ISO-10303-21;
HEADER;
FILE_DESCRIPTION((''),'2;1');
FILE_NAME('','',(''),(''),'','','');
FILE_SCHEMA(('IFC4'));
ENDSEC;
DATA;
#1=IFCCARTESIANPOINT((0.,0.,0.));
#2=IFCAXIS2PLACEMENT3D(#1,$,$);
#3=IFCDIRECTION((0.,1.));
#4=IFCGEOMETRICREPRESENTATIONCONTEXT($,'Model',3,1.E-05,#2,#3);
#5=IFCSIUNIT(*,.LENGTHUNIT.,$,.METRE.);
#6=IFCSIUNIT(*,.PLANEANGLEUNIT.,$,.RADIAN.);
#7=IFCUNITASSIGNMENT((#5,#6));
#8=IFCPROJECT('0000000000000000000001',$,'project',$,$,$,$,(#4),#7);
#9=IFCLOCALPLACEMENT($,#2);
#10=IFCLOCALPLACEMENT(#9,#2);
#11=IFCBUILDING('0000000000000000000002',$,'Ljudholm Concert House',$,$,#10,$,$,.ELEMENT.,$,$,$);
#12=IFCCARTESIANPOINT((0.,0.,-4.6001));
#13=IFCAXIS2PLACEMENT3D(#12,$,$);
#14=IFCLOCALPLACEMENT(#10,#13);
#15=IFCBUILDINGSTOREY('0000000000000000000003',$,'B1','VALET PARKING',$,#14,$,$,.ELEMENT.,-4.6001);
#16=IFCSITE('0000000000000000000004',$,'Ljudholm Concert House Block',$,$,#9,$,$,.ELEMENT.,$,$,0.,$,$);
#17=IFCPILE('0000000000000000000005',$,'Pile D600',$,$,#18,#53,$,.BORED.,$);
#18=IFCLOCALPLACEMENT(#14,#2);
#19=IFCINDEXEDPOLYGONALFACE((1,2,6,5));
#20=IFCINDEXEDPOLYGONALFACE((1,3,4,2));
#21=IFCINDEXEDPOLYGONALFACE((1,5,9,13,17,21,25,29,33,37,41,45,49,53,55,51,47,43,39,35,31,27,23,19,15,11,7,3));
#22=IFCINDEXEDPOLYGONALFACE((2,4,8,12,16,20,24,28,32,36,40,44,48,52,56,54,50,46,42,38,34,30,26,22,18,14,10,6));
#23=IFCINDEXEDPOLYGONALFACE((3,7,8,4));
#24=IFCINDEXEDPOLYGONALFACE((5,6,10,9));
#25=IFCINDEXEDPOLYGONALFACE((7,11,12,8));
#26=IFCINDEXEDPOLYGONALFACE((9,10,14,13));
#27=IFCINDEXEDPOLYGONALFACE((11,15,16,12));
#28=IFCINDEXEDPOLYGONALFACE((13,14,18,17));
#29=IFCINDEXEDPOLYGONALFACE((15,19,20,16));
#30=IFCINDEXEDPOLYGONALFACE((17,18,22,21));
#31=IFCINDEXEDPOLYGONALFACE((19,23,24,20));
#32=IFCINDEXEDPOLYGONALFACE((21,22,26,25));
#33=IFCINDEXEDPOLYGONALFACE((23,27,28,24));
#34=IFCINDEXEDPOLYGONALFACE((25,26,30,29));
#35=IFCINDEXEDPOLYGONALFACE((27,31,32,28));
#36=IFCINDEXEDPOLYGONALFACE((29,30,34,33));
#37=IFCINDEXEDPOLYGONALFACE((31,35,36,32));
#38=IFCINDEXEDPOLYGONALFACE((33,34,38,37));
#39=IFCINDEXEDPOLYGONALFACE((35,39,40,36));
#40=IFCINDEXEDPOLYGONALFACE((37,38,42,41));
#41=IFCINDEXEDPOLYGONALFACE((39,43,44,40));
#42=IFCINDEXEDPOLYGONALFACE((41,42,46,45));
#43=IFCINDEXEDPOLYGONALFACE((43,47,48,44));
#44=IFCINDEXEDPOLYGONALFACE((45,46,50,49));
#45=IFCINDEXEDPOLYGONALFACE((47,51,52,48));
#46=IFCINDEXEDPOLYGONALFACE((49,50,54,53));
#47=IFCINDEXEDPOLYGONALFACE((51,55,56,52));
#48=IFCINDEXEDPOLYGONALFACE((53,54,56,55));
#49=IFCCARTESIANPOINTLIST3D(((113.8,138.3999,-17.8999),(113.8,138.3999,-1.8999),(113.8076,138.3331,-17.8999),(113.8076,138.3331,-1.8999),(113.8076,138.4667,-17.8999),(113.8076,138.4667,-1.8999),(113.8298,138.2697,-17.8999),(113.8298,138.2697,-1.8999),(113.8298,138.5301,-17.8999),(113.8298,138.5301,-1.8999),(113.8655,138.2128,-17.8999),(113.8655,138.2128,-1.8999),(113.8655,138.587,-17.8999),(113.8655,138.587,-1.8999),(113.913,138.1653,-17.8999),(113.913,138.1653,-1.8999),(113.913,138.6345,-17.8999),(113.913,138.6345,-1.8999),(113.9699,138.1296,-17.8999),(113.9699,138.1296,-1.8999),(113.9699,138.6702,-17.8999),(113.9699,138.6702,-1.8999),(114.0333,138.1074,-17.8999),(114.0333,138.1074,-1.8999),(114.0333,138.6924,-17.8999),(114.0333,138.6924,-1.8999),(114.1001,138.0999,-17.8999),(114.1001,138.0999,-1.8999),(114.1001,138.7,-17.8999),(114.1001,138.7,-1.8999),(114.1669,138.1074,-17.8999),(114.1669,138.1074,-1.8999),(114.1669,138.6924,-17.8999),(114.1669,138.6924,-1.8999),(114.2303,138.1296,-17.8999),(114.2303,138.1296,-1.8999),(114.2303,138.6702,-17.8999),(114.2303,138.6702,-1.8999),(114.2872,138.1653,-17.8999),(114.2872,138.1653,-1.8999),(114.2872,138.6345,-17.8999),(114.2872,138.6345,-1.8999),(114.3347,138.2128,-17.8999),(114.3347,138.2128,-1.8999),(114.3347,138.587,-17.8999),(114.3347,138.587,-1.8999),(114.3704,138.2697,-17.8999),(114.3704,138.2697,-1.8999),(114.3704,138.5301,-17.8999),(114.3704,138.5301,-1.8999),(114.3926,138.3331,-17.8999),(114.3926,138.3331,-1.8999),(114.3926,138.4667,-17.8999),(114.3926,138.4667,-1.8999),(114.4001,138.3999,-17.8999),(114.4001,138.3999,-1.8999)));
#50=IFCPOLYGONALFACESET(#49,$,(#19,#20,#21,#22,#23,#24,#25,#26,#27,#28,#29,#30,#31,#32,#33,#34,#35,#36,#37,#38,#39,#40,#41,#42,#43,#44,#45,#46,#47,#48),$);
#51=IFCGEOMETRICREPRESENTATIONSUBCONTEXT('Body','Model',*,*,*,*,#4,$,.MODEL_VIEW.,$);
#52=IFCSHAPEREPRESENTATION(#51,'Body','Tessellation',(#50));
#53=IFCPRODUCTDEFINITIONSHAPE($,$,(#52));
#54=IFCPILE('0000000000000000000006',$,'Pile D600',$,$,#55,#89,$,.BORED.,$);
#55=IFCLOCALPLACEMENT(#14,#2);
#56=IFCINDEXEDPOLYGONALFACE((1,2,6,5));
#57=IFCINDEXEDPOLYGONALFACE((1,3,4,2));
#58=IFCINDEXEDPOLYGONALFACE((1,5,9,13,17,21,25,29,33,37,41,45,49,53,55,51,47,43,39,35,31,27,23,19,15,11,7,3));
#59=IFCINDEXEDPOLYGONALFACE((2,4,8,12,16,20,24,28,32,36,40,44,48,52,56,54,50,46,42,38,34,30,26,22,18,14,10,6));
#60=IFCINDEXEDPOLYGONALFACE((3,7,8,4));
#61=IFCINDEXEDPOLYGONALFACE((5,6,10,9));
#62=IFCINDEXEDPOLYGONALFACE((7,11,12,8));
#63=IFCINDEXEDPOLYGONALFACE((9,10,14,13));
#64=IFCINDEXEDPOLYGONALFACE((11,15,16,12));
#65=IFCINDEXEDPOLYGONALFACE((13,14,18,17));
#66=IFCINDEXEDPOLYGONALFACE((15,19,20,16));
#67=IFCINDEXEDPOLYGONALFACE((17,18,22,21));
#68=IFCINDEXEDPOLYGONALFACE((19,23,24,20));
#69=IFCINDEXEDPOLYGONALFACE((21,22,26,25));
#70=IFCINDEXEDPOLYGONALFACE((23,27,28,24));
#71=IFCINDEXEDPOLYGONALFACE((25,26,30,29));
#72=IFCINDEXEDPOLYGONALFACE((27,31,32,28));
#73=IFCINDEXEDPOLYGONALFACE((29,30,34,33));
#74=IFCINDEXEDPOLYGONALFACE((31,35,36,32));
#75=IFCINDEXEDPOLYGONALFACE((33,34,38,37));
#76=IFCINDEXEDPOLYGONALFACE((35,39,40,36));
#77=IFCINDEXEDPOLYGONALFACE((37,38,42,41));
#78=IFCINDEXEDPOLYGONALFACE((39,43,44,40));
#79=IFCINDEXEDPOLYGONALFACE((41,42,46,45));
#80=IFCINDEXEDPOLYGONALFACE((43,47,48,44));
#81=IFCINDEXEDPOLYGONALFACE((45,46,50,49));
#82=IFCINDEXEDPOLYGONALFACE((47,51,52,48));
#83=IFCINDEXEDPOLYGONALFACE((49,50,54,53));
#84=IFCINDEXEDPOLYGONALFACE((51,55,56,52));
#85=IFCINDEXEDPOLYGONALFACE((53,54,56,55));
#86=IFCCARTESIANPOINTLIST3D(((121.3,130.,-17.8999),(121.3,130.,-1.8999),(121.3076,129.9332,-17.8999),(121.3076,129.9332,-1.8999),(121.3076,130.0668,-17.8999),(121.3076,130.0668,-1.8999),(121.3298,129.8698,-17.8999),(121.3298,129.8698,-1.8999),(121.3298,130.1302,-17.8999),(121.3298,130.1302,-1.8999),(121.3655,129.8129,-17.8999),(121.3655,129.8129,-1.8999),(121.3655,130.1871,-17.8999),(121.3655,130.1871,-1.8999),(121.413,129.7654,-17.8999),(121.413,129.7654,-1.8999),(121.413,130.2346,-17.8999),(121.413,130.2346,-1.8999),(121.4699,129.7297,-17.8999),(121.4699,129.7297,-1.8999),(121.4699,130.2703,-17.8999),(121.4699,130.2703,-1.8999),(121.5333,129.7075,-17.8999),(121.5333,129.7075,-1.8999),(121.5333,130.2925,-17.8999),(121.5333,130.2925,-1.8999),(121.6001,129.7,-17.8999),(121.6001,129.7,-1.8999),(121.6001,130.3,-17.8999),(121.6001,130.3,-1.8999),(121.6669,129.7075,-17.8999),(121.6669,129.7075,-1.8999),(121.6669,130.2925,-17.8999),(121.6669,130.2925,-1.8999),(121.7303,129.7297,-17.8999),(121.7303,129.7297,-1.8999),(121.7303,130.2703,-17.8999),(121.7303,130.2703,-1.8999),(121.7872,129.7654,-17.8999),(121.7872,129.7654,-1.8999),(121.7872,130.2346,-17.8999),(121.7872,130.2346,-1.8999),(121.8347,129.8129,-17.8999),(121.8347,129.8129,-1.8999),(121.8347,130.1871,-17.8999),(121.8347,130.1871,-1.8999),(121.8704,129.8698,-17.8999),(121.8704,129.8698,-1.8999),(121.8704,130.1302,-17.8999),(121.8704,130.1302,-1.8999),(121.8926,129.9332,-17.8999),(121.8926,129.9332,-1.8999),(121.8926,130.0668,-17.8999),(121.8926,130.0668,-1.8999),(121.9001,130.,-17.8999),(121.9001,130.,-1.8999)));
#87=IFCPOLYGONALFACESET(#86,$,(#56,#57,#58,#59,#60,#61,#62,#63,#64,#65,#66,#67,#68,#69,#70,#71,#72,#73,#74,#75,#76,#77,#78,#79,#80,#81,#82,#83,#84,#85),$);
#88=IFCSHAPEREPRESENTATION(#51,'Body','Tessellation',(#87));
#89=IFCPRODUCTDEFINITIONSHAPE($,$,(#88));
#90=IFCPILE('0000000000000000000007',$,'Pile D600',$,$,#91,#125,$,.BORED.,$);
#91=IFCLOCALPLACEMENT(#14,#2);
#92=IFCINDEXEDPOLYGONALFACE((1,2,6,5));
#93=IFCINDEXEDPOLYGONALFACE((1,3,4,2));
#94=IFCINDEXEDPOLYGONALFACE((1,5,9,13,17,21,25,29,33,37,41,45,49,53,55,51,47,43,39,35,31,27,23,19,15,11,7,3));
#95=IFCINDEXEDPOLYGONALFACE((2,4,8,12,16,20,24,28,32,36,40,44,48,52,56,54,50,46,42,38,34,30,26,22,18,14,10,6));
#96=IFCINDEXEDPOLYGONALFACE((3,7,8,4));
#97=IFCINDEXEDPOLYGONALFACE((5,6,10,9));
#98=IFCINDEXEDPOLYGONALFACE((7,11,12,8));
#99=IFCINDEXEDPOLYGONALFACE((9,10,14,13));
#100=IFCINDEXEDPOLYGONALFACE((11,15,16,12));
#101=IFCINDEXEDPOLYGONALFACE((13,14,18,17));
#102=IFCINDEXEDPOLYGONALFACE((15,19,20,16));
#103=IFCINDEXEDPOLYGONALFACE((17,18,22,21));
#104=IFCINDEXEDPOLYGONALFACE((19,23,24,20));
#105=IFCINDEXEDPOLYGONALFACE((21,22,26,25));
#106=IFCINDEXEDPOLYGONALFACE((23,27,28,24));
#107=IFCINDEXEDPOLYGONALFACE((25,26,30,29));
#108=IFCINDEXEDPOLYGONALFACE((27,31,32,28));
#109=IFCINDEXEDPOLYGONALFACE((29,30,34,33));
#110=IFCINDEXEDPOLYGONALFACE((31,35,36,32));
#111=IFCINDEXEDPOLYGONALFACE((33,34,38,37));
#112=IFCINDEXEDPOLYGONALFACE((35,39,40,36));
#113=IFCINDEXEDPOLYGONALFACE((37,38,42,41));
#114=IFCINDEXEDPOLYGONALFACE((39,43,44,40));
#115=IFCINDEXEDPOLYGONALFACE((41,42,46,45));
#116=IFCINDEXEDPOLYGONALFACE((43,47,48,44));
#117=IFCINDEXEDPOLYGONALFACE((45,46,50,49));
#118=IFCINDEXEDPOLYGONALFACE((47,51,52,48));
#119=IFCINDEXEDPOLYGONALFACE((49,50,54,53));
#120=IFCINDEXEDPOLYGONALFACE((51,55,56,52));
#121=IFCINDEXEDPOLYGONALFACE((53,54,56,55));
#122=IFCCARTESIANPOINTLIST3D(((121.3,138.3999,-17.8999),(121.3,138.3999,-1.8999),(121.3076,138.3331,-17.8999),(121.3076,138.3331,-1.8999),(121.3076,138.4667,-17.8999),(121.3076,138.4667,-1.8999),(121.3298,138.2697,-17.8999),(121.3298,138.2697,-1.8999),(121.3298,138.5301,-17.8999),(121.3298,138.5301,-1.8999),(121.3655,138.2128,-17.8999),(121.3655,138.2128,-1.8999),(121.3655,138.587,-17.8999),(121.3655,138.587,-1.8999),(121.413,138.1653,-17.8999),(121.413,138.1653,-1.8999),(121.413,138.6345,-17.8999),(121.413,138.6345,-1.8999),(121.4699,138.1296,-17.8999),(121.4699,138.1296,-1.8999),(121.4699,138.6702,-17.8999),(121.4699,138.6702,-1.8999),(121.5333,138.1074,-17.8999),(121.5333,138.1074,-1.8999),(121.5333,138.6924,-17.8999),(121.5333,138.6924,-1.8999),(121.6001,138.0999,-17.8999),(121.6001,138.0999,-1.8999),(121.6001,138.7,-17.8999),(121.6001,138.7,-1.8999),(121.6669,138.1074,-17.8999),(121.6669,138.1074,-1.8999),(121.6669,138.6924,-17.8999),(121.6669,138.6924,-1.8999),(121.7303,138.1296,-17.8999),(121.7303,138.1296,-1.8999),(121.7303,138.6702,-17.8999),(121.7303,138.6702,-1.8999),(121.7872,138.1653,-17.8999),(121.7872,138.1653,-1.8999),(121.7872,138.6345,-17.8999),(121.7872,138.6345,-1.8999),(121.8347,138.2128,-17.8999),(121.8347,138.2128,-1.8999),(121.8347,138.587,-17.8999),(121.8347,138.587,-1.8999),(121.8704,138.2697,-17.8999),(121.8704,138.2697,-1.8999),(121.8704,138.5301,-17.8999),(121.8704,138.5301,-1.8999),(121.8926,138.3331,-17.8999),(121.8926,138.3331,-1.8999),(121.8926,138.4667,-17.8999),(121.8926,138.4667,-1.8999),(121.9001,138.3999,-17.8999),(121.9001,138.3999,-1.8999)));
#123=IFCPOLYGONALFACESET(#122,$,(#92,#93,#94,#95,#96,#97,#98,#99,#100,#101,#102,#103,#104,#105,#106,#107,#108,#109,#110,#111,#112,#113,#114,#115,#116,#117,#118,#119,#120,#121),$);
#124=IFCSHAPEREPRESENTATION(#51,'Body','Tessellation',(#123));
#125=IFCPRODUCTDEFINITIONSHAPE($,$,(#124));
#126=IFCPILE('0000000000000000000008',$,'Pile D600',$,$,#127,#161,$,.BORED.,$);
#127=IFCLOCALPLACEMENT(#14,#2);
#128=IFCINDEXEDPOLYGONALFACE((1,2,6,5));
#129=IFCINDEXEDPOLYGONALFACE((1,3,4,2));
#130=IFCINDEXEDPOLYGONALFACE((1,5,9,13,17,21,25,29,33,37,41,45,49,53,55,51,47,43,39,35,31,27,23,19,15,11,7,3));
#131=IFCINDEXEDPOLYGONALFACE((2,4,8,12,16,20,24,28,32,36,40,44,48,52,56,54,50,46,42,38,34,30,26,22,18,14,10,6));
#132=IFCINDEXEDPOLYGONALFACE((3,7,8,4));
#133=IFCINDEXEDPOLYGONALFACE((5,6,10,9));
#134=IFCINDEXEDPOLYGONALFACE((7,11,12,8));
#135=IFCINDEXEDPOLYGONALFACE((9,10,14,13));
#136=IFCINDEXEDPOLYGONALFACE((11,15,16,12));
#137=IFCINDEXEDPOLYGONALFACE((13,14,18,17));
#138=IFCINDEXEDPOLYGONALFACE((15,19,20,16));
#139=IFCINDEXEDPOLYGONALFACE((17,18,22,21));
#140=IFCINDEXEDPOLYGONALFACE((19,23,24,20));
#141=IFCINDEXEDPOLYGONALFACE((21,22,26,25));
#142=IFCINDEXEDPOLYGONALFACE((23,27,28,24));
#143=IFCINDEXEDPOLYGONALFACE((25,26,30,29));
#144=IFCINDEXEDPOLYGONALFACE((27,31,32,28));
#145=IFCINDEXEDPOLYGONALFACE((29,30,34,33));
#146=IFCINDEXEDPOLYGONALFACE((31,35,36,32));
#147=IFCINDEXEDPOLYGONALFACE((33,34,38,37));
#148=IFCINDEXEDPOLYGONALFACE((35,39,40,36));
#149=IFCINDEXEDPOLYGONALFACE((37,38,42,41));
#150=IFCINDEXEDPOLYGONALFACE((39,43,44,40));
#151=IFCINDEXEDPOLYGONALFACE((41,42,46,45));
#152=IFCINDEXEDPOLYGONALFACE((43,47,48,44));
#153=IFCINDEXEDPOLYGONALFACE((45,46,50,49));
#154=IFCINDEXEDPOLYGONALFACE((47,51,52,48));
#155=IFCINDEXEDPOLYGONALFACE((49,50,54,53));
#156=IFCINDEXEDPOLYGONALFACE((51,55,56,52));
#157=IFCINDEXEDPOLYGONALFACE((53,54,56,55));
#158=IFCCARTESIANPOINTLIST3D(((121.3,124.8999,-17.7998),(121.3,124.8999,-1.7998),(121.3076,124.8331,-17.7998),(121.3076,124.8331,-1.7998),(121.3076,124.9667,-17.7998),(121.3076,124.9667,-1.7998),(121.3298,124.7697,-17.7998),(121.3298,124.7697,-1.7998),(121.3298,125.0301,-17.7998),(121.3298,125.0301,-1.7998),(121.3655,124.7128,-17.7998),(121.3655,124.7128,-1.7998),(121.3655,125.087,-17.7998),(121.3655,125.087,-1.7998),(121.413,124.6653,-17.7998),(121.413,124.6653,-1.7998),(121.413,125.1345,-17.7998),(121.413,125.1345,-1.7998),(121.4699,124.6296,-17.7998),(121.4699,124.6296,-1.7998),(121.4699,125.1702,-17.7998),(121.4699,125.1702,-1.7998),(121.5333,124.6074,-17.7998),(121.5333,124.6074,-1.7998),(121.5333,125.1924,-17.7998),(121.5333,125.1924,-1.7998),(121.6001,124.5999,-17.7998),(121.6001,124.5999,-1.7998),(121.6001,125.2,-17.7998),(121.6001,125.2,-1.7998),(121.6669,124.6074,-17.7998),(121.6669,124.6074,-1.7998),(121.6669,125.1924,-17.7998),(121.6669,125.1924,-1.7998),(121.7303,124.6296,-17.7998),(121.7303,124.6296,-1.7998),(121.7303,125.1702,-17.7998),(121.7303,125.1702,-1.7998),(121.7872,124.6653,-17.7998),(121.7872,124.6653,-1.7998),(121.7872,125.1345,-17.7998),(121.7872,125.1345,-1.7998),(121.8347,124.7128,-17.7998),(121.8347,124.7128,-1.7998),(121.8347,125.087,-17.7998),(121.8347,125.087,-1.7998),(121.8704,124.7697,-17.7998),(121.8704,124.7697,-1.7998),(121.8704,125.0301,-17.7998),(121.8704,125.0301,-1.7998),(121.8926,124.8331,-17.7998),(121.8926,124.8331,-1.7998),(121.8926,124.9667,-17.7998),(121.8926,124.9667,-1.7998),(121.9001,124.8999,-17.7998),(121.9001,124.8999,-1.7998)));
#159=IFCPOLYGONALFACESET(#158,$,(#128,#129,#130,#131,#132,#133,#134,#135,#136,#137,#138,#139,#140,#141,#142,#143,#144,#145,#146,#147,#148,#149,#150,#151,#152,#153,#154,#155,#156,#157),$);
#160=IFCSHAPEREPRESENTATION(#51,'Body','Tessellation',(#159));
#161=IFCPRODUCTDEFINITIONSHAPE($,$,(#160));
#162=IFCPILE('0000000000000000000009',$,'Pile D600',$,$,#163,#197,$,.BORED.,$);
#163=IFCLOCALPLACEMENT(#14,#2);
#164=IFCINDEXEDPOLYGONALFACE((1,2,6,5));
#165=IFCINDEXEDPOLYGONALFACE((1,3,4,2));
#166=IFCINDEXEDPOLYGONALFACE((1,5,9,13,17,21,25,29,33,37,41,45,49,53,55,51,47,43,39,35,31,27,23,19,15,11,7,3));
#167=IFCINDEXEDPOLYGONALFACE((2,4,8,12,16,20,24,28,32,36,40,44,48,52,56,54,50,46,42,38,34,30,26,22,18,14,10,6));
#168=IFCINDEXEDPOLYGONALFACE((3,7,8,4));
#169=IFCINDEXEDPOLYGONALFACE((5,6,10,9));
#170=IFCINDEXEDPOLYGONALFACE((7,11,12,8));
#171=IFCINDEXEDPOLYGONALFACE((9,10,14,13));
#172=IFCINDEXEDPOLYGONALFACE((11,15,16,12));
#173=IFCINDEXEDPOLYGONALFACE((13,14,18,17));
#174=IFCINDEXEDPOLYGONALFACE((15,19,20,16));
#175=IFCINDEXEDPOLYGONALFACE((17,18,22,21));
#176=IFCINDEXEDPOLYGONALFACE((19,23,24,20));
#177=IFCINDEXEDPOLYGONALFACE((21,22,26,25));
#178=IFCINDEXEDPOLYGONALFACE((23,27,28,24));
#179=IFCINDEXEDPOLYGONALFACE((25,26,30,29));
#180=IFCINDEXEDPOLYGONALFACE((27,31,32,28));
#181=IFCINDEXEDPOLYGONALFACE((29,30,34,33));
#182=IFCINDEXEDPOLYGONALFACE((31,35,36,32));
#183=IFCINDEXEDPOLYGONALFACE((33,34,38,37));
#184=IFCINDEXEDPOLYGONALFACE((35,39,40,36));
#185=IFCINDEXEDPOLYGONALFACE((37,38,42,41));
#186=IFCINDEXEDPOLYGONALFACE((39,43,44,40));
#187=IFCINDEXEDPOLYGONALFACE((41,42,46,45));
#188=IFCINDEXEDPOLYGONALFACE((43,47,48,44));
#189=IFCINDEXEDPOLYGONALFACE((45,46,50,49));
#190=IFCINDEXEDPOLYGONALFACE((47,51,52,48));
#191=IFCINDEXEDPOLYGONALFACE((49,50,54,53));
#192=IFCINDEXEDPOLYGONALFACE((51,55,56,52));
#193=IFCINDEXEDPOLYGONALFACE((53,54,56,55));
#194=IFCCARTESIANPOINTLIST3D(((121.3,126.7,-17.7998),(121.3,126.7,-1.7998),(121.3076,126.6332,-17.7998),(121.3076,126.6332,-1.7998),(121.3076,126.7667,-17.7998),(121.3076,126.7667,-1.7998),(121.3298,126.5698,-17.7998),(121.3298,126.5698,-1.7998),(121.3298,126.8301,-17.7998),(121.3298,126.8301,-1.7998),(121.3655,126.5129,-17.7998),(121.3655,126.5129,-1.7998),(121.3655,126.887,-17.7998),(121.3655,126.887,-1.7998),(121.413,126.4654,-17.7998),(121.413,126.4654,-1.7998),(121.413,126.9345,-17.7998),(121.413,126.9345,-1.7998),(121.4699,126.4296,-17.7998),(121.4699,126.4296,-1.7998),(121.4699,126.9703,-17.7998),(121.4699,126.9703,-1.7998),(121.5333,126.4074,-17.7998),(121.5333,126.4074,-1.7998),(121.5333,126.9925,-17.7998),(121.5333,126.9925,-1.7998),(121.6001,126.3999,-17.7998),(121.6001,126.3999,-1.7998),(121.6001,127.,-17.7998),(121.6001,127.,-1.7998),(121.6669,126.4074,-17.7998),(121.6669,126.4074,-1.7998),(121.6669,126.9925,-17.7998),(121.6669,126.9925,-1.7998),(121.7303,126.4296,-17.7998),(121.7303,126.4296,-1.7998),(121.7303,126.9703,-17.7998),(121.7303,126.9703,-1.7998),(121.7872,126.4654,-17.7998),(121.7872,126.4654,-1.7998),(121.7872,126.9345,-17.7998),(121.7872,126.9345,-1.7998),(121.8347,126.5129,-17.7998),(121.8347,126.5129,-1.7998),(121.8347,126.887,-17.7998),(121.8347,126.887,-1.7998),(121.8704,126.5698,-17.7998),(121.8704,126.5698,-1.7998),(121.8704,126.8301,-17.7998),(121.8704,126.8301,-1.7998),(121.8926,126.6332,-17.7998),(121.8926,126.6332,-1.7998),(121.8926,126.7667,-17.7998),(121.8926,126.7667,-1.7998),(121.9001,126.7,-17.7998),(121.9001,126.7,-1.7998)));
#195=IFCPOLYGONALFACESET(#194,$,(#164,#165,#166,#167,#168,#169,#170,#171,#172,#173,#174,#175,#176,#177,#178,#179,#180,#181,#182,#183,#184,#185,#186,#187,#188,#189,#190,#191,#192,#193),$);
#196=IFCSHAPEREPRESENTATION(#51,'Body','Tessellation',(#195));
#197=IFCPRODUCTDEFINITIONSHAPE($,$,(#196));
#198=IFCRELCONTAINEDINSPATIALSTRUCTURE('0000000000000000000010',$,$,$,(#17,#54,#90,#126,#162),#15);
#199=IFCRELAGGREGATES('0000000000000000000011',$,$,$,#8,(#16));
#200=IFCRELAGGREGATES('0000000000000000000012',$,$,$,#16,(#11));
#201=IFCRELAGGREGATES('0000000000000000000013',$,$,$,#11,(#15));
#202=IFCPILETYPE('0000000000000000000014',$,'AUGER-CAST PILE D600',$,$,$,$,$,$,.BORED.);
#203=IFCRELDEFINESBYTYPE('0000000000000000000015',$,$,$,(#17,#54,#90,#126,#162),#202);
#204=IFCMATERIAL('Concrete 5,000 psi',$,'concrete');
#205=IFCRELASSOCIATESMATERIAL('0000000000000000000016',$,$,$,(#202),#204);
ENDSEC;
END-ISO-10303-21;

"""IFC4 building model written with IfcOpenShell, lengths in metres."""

from ifc_helpers import new_model, si_unit, direction, frame, origin, origin_2d, place, context, subcontext, project, spatial, circle, extrude, material, material_profile, profile_set, type_object, element, save


model = new_model("IFC4")

# Units and contexts
model_context = context("Model", 3, precision=1e-05, world=origin(), true_north=direction((0.0, 1.0)))
body_context = subcontext(model_context, "Body", "Model", "MODEL_VIEW")
ifc_project = project(units=[si_unit("LENGTHUNIT", "METRE"), si_unit("PLANEANGLEUNIT", "RADIAN")], contexts=[model_context])

# Site, building, storey
site_placement = place(None, origin())
site = spatial("IfcSite", under=ifc_project, at=site_placement, Name="Ljudholm Concert House Block", CompositionType="ELEMENT", RefElevation=0.0)
building_placement = place(site_placement, origin())
building = spatial("IfcBuilding", under=site, at=building_placement, Name="Ljudholm Concert House", CompositionType="ELEMENT")
storey_placement = place(building_placement, frame((0.0, 0.0, -4.6001)))
storey = spatial("IfcBuildingStorey", under=building, at=storey_placement, Name="B1", Description="VALET PARKING", CompositionType="ELEMENT", Elevation=-4.6001)

# Piles
ifc_material_1 = material(Name="Concrete 5,000 psi", Category="concrete")
ifc_material_profile_1 = material_profile(ifc_material_1, circle(Radius=0.3, at=origin_2d()), Name="AUGER-CAST PILE D600")
ifc_profile_set_1 = profile_set([ifc_material_profile_1], Name="Concrete 5,000 psi")
pile_type = type_object("IfcPileType", Name="AUGER-CAST PILE D600", PredefinedType="BORED", material=ifc_profile_set_1)
for number, where, z_axis, x_axis, name in (
    (1, (114.1001, 138.3999, -1.8999), (0.0, 0.0, -1.0), (1.0, 0.0, 0.0), "Pile D600"),
    (2, (121.6001, 130.0, -1.8999), (0.0, 0.0, -1.0), (1.0, 0.0, 0.0), "Pile D600"),
    (3, (121.6001, 138.3999, -1.8999), (0.0, 0.0, -1.0), (1.0, 0.0, 0.0), "Pile D600"),
    (4, (121.6001, 124.8999, -1.7998), (0.0, 0.0, -1.0), (1.0, 0.0, 0.0), "Pile D600"),
    (5, (121.6001, 126.7, -1.7998), (0.0, 0.0, -1.0), (1.0, 0.0, 0.0), "Pile D600"),
):
    element("IfcPile", number, at=place(storey_placement, frame(where, z_axis=z_axis, x_axis=x_axis)), inside=storey, type_object=pile_type, Name=name, PredefinedType="BORED", context=body_context, shape_type="SweptSolid", body=[
        extrude(circle(Radius=0.3, at=origin_2d()), origin(), (0.0, 0.0, 1.0), 16.0),
    ])

save(model, "model.ifc")
